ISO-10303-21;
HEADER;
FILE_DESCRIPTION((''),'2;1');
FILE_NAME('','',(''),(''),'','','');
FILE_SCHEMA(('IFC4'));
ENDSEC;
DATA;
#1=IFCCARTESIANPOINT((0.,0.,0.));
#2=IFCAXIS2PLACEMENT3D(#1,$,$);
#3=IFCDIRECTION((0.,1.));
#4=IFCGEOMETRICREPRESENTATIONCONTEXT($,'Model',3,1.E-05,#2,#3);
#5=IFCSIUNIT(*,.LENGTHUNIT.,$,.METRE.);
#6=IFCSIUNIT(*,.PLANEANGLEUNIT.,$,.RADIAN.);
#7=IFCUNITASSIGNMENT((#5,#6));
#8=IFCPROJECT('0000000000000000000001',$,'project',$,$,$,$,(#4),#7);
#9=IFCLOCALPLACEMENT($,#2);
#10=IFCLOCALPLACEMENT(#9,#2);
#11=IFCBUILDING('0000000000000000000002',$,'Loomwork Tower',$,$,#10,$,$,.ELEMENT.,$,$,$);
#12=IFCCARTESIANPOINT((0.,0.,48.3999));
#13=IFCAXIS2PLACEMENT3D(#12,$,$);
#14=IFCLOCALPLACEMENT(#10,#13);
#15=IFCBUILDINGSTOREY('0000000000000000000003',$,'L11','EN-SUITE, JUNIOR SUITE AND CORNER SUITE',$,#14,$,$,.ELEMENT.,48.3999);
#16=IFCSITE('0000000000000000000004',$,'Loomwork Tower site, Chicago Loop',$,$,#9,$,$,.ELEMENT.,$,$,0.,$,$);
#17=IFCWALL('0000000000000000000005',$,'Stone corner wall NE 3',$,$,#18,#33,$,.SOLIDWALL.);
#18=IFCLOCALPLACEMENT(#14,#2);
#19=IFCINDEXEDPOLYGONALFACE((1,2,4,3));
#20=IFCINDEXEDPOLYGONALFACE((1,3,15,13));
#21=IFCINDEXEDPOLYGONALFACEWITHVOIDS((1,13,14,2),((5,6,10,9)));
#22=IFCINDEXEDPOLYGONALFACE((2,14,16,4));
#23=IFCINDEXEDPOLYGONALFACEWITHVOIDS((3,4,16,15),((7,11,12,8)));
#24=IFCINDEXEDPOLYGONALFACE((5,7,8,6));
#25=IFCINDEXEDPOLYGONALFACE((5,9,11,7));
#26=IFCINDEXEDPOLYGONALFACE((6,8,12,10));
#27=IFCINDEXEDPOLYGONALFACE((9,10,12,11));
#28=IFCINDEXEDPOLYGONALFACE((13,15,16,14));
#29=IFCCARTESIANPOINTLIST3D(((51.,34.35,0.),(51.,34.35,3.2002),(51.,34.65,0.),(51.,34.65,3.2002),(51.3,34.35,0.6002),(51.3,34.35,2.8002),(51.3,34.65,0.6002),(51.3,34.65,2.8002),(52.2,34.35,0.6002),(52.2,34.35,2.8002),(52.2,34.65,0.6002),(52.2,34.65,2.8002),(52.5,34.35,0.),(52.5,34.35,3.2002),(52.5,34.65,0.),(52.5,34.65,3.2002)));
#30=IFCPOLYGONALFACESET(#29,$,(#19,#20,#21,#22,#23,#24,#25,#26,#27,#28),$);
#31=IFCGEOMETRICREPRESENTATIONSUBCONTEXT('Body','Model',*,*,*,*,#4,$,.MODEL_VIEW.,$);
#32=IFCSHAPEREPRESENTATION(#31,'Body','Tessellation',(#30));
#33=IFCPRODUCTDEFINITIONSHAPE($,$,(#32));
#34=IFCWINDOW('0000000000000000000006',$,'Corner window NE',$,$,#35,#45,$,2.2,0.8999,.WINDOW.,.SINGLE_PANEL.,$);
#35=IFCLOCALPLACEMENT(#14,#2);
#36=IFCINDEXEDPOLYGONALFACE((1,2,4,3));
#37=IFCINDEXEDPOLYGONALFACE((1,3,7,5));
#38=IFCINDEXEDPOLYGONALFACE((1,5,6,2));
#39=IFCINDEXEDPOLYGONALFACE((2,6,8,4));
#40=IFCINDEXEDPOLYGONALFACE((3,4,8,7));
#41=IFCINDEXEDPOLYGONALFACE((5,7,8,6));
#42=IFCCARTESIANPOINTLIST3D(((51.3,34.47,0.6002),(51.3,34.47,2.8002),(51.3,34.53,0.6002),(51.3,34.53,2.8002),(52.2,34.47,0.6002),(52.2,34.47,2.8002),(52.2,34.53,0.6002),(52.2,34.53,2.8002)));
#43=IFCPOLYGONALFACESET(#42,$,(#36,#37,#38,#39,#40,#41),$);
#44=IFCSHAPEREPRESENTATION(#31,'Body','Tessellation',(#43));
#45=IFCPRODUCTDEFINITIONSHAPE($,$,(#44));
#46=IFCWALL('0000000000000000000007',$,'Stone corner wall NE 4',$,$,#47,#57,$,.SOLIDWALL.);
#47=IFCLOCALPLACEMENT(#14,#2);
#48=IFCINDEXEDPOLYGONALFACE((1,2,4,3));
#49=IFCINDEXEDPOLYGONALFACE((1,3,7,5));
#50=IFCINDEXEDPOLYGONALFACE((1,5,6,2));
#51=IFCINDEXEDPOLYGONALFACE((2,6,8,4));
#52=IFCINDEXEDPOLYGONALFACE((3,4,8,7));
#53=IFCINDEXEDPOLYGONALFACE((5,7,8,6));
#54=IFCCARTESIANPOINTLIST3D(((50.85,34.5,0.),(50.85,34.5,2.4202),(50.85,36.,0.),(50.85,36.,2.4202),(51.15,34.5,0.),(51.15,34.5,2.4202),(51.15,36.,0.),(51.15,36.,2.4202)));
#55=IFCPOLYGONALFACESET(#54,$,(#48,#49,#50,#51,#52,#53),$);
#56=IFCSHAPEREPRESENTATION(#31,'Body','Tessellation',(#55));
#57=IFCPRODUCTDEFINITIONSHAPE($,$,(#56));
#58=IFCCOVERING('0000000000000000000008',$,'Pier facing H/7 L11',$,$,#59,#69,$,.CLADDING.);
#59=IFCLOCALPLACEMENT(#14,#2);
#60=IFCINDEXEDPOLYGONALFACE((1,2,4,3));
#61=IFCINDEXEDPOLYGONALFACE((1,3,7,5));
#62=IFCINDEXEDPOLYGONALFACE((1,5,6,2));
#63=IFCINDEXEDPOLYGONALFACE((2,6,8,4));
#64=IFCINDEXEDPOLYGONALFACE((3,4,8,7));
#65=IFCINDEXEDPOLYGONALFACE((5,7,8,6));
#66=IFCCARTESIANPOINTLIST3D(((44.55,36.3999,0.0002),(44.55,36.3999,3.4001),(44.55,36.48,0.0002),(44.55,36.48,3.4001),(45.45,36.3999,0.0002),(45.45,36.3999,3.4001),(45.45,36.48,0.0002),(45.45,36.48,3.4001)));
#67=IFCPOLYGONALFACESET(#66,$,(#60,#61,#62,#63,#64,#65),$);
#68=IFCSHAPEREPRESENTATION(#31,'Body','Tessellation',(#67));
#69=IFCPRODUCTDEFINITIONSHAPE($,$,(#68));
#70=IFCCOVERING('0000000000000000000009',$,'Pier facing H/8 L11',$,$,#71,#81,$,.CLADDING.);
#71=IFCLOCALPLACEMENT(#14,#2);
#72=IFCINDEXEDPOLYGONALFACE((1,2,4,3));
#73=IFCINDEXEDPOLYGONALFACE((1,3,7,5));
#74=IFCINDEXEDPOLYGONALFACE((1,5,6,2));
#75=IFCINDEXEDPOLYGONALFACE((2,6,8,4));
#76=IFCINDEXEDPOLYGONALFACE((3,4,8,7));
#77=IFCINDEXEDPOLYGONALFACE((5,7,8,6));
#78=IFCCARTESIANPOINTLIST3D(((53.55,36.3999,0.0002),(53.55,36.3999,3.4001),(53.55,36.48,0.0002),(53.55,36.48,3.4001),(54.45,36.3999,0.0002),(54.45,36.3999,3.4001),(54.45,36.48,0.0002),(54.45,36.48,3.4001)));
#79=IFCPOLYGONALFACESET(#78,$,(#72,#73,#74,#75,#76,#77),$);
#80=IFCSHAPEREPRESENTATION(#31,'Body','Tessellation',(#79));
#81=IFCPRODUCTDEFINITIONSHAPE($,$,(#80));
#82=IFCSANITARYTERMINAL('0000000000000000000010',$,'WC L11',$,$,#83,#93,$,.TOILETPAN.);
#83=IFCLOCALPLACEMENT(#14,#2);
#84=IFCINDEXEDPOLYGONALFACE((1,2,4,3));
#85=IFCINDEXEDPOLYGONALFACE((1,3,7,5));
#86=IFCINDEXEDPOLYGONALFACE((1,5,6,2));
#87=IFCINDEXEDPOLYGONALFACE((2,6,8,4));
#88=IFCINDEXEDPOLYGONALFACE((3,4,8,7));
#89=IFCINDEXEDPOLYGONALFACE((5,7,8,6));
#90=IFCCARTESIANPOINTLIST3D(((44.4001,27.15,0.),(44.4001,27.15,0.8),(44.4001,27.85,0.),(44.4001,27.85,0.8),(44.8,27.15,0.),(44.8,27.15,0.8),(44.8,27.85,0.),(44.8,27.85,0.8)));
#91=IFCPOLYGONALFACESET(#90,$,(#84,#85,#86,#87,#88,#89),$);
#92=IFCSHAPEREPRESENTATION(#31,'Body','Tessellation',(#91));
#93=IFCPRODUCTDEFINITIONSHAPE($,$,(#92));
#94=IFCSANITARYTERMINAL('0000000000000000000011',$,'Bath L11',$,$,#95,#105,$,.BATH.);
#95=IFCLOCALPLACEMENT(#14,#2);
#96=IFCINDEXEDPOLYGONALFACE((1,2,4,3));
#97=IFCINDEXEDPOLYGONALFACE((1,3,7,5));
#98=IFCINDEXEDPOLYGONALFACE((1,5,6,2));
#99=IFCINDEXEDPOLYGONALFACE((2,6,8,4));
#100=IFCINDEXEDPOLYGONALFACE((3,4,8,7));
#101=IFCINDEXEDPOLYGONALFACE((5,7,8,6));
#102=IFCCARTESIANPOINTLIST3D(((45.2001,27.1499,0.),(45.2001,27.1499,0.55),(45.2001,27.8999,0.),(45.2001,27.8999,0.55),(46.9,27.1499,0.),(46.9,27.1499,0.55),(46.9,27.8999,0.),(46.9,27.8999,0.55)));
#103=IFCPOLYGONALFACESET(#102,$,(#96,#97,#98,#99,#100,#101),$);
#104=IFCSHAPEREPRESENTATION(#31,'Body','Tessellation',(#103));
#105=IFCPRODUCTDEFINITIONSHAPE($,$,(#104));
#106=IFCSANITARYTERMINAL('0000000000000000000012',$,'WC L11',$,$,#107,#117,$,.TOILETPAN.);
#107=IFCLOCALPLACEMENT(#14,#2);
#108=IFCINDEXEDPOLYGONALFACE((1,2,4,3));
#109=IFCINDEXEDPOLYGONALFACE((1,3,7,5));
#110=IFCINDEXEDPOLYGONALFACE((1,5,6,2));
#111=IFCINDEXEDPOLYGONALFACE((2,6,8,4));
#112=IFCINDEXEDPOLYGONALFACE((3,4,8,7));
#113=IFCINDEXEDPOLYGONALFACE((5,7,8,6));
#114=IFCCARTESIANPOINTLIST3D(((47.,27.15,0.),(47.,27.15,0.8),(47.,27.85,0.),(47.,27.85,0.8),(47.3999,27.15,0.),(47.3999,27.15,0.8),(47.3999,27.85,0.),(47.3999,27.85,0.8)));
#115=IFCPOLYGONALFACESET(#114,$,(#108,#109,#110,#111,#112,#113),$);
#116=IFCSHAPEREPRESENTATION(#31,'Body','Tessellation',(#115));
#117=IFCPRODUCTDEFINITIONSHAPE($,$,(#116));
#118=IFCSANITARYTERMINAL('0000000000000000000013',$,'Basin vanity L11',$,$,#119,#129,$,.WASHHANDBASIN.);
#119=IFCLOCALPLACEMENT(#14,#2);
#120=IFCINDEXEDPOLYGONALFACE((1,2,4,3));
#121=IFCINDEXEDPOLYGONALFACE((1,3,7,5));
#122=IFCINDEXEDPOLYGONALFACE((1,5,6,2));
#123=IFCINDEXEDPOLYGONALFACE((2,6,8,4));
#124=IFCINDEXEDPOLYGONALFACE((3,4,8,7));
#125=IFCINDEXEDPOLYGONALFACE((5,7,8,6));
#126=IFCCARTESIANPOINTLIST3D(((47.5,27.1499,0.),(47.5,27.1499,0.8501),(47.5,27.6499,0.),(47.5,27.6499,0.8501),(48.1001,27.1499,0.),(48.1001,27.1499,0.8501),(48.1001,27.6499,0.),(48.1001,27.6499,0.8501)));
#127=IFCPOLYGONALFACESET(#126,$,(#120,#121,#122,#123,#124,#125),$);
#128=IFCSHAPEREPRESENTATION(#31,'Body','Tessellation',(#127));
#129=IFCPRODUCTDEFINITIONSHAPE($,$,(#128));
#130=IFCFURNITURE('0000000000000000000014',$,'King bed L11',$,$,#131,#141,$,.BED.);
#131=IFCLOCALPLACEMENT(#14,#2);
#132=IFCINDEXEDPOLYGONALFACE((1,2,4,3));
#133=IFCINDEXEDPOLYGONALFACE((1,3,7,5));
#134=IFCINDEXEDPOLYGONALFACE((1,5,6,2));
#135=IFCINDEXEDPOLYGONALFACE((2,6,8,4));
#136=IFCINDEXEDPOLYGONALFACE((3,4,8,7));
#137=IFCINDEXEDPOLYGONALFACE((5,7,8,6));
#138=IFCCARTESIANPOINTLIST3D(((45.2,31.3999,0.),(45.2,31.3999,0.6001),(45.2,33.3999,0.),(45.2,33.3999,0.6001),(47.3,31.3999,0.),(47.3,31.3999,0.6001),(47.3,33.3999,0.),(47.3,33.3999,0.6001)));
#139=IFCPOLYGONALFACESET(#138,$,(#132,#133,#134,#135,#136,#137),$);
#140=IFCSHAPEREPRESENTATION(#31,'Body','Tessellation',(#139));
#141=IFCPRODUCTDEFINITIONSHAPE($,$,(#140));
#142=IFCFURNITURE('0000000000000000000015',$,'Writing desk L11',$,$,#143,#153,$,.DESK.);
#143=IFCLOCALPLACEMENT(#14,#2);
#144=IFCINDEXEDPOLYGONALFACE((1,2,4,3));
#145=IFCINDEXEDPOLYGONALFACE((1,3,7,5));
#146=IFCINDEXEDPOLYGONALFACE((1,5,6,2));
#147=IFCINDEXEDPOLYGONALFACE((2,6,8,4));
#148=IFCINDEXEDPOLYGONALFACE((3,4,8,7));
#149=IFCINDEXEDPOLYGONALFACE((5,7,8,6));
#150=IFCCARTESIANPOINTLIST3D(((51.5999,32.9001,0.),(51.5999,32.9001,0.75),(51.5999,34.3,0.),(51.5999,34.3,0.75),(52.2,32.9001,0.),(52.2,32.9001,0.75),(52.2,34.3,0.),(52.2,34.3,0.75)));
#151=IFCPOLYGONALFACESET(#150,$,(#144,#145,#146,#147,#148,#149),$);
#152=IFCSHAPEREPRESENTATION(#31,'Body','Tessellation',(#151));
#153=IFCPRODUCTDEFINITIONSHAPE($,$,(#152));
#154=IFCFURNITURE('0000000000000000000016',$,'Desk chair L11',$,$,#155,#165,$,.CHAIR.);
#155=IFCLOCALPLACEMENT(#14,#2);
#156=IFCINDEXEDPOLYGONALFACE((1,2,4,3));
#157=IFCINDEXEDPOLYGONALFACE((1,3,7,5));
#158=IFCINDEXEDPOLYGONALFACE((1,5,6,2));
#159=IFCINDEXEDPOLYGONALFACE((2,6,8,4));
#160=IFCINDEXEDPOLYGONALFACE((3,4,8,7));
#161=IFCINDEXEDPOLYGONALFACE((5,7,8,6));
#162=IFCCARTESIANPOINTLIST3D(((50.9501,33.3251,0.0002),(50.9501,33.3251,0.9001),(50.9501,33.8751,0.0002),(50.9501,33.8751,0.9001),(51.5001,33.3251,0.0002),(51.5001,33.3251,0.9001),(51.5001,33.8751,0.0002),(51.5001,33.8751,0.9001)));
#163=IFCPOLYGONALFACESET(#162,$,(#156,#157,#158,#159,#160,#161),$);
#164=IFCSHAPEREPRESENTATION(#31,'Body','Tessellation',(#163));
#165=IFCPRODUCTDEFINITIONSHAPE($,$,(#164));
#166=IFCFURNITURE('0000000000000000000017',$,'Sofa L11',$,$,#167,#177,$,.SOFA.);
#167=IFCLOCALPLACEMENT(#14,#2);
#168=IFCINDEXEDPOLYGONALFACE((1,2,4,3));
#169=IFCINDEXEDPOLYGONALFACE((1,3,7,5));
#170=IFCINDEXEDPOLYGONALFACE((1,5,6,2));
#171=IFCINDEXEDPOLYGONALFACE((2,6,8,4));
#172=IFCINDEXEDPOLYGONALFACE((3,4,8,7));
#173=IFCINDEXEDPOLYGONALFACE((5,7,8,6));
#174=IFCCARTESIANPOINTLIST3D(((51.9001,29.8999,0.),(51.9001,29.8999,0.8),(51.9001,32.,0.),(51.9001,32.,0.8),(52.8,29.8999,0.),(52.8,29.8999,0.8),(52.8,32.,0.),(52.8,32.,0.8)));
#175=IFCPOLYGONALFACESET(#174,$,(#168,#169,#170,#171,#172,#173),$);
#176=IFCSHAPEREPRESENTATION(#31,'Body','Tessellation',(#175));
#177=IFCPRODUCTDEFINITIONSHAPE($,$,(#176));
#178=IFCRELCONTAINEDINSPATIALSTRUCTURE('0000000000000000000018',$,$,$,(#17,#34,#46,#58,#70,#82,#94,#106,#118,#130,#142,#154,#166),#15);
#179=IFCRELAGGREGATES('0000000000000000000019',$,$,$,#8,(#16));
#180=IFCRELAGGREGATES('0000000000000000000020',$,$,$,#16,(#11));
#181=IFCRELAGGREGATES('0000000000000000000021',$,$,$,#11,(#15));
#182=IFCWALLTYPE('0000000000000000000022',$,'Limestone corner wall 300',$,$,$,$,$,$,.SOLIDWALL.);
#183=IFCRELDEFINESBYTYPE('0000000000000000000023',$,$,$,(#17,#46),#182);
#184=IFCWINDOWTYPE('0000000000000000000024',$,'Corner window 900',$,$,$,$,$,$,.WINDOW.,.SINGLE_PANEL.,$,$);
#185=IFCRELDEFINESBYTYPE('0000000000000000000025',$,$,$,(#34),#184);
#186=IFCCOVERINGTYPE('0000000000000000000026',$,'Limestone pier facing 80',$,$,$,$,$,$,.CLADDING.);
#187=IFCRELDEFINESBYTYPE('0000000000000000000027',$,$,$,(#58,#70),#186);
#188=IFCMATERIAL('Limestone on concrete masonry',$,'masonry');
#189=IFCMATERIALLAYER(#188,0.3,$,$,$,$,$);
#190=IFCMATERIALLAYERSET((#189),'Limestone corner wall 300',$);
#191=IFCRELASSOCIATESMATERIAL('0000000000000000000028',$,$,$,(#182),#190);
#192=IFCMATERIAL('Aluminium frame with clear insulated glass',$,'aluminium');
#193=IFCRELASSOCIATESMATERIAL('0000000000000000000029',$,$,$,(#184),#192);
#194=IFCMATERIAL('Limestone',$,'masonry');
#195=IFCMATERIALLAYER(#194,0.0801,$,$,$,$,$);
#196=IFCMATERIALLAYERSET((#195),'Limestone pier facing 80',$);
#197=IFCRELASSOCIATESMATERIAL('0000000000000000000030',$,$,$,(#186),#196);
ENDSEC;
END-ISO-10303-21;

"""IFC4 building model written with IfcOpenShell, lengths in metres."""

from ifc_helpers import new_model, si_unit, direction, frame, frame_2d, origin, origin_2d, place, context, subcontext, project, spatial, rectangle, extrude, material, layer, layer_set, type_object, element, fill, save


model = new_model("IFC4")

# Units and contexts
model_context = context("Model", 3, precision=1e-05, world=origin(), true_north=direction((0.0, 1.0)))
body_context = subcontext(model_context, "Body", "Model", "MODEL_VIEW")
ifc_project = project(units=[si_unit("LENGTHUNIT", "METRE"), si_unit("PLANEANGLEUNIT", "RADIAN")], contexts=[model_context])

# Site, building, storey
site_placement = place(None, origin())
site = spatial("IfcSite", under=ifc_project, at=site_placement, Name="Loomwork Tower site, Chicago Loop", CompositionType="ELEMENT", RefElevation=0.0)
building_placement = place(site_placement, origin())
building = spatial("IfcBuilding", under=site, at=building_placement, Name="Loomwork Tower", CompositionType="ELEMENT")
storey_placement = place(building_placement, frame((0.0, 0.0, 48.3999)))
storey = spatial("IfcBuildingStorey", under=building, at=storey_placement, Name="L11", Description="EN-SUITE, JUNIOR SUITE AND CORNER SUITE", CompositionType="ELEMENT", Elevation=48.3999)

# Shared definitions
ifc_material_1 = material(Name="Limestone on concrete masonry", Category="masonry")
ifc_layer_1 = layer(ifc_material_1, 0.3)
ifc_layer_set_1 = layer_set([ifc_layer_1], Name="Limestone corner wall 300")
wall_type_1 = type_object("IfcWallType", Name="Limestone corner wall 300", PredefinedType="SOLIDWALL", material=ifc_layer_set_1)

# Wall, opening, window
ifc_material_2 = material(Name="Aluminium frame with clear insulated glass", Category="aluminium")
window_type_1 = type_object("IfcWindowType", Name="Corner window 900", PartitioningType="SINGLE_PANEL", PredefinedType="WINDOW", material=ifc_material_2)
wall_1_placement = place(storey_placement, frame((52.5, 34.5, 0.0), z_axis=(0.0, 0.0, 1.0), x_axis=(-1.0, 0.0, 0.0)))
wall_1 = element("IfcWall", 1, at=wall_1_placement, inside=storey, type_object=wall_type_1, Name="Stone corner wall NE 3", PredefinedType="SOLIDWALL", context=body_context, shape_type="SweptSolid", body=[
    extrude(rectangle(XDim=1.5, YDim=0.3, at=frame_2d((0.75, 0.0))), origin(), (0.0, 0.0, 1.0), 3.2002),
])
opening_1_placement = place(wall_1_placement, frame((0.3, 0.0, 0.6001)))
opening_1 = element("IfcOpeningElement", 2, at=opening_1_placement, cuts=wall_1, PredefinedType="OPENING", context=body_context, shape_type="SweptSolid", body=[
    extrude(rectangle(XDim=0.8999, YDim=2.2, at=frame_2d((0.45, 1.1001))), frame((0.0, 0.1599, 0.0), z_axis=(0.0, -1.0, 0.0), x_axis=(1.0, 0.0, 0.0)), (0.0, 0.0, 1.0), 0.3201),
])
window_1_placement = place(opening_1_placement, origin())
window_1 = element("IfcWindow", 3, at=window_1_placement, inside=storey, type_object=window_type_1, Name="Corner window NE", OverallHeight=2.2, OverallWidth=0.8999, PartitioningType="SINGLE_PANEL", PredefinedType="WINDOW", context=body_context, shape_type="SweptSolid", body=[
    extrude(rectangle(XDim=0.8999, YDim=2.2, at=frame_2d((0.45, 1.1001))), frame((0.0, 0.03, 0.0), z_axis=(0.0, -1.0, 0.0), x_axis=(1.0, 0.0, 0.0)), (0.0, 0.0, 1.0), 0.0601),
])
fill(opening_1, window_1)

# Wall
wall_2_placement = place(storey_placement, frame((51.0, 34.5, 0.0), z_axis=(0.0, 0.0, 1.0), x_axis=(0.0, 1.0, 0.0)))
element("IfcWall", 4, at=wall_2_placement, inside=storey, type_object=wall_type_1, Name="Stone corner wall NE 4", PredefinedType="SOLIDWALL", context=body_context, shape_type="SweptSolid", body=[
    extrude(rectangle(XDim=1.5, YDim=0.3, at=frame_2d((0.75, 0.0))), origin(), (0.0, 0.0, 1.0), 2.4202),
])

# Coverings
ifc_material_3 = material(Name="Limestone", Category="masonry")
ifc_layer_2 = layer(ifc_material_3, 0.0801)
ifc_layer_set_2 = layer_set([ifc_layer_2], Name="Limestone pier facing 80")
covering_type = type_object("IfcCoveringType", Name="Limestone pier facing 80", PredefinedType="CLADDING", material=ifc_layer_set_2)
for number, where, z_axis, x_axis, name in (
    (5, (45.0, 36.4399, 0.0002), (0.0, 0.0, 1.0), (1.0, 0.0, 0.0), "Pier facing H/7 L11"),
    (6, (54.0, 36.4399, 0.0002), (0.0, 0.0, 1.0), (1.0, 0.0, 0.0), "Pier facing H/8 L11"),
):
    element("IfcCovering", number, at=place(storey_placement, frame(where, z_axis=z_axis, x_axis=x_axis)), inside=storey, type_object=covering_type, Name=name, PredefinedType="CLADDING", context=body_context, shape_type="SweptSolid", body=[
        extrude(rectangle(XDim=0.8999, YDim=0.0801, at=origin_2d()), origin(), (0.0, 0.0, 1.0), 3.3999),
    ])

# Sanitary terminals
sanitary_terminal_1_placement = place(storey_placement, frame((44.6001, 27.5, 0.0), z_axis=(0.0, 0.0, 1.0), x_axis=(1.0, 0.0, 0.0)))
element("IfcSanitaryTerminal", 7, at=sanitary_terminal_1_placement, inside=storey, Name="WC L11", PredefinedType="TOILETPAN", context=body_context, shape_type="SweptSolid", body=[
    extrude(rectangle(XDim=0.3999, YDim=0.7, at=origin_2d()), origin(), (0.0, 0.0, 1.0), 0.8),
])
sanitary_terminal_2_placement = place(storey_placement, frame((46.05, 27.5249, 0.0), z_axis=(0.0, 0.0, 1.0), x_axis=(1.0, 0.0, 0.0)))
element("IfcSanitaryTerminal", 8, at=sanitary_terminal_2_placement, inside=storey, Name="Bath L11", PredefinedType="BATH", context=body_context, shape_type="SweptSolid", body=[
    extrude(rectangle(XDim=1.7, YDim=0.75, at=origin_2d()), origin(), (0.0, 0.0, 1.0), 0.55),
])
sanitary_terminal_3_placement = place(storey_placement, frame((47.2, 27.5, 0.0), z_axis=(0.0, 0.0, 1.0), x_axis=(1.0, 0.0, 0.0)))
element("IfcSanitaryTerminal", 9, at=sanitary_terminal_3_placement, inside=storey, Name="WC L11", PredefinedType="TOILETPAN", context=body_context, shape_type="SweptSolid", body=[
    extrude(rectangle(XDim=0.3999, YDim=0.7, at=origin_2d()), origin(), (0.0, 0.0, 1.0), 0.8),
])
sanitary_terminal_4_placement = place(storey_placement, frame((47.8, 27.3999, 0.0), z_axis=(0.0, 0.0, 1.0), x_axis=(1.0, 0.0, 0.0)))
element("IfcSanitaryTerminal", 10, at=sanitary_terminal_4_placement, inside=storey, Name="Basin vanity L11", PredefinedType="WASHHANDBASIN", context=body_context, shape_type="SweptSolid", body=[
    extrude(rectangle(XDim=0.6001, YDim=0.5, at=origin_2d()), origin(), (0.0, 0.0, 1.0), 0.8501),
])

# Furniture
furniture_1_placement = place(storey_placement, frame((46.25, 32.3999, 0.0), z_axis=(0.0, 0.0, 1.0), x_axis=(1.0, 0.0, 0.0)))
element("IfcFurniture", 11, at=furniture_1_placement, inside=storey, Name="King bed L11", PredefinedType="BED", context=body_context, shape_type="SweptSolid", body=[
    extrude(rectangle(XDim=2.1001, YDim=2.0, at=origin_2d()), origin(), (0.0, 0.0, 1.0), 0.6001),
])
furniture_2_placement = place(storey_placement, frame((51.8999, 33.6001, 0.0), z_axis=(0.0, 0.0, 1.0), x_axis=(1.0, 0.0, 0.0)))
element("IfcFurniture", 12, at=furniture_2_placement, inside=storey, Name="Writing desk L11", PredefinedType="DESK", context=body_context, shape_type="SweptSolid", body=[
    extrude(rectangle(XDim=0.6001, YDim=1.3999, at=origin_2d()), origin(), (0.0, 0.0, 1.0), 0.75),
])
furniture_3_placement = place(storey_placement, frame((51.2251, 33.6001, 0.0002), z_axis=(0.0, 0.0, 1.0), x_axis=(1.0, 0.0, 0.0)))
element("IfcFurniture", 13, at=furniture_3_placement, inside=storey, Name="Desk chair L11", PredefinedType="CHAIR", context=body_context, shape_type="SweptSolid", body=[
    extrude(rectangle(XDim=0.55, YDim=0.55, at=origin_2d()), origin(), (0.0, 0.0, 1.0), 0.8999),
])
furniture_4_placement = place(storey_placement, frame((52.3501, 30.95, 0.0), z_axis=(0.0, 0.0, 1.0), x_axis=(1.0, 0.0, 0.0)))
element("IfcFurniture", 14, at=furniture_4_placement, inside=storey, Name="Sofa L11", PredefinedType="SOFA", context=body_context, shape_type="SweptSolid", body=[
    extrude(rectangle(XDim=0.8999, YDim=2.1001, at=origin_2d()), origin(), (0.0, 0.0, 1.0), 0.8),
])

save(model, "model.ifc")
